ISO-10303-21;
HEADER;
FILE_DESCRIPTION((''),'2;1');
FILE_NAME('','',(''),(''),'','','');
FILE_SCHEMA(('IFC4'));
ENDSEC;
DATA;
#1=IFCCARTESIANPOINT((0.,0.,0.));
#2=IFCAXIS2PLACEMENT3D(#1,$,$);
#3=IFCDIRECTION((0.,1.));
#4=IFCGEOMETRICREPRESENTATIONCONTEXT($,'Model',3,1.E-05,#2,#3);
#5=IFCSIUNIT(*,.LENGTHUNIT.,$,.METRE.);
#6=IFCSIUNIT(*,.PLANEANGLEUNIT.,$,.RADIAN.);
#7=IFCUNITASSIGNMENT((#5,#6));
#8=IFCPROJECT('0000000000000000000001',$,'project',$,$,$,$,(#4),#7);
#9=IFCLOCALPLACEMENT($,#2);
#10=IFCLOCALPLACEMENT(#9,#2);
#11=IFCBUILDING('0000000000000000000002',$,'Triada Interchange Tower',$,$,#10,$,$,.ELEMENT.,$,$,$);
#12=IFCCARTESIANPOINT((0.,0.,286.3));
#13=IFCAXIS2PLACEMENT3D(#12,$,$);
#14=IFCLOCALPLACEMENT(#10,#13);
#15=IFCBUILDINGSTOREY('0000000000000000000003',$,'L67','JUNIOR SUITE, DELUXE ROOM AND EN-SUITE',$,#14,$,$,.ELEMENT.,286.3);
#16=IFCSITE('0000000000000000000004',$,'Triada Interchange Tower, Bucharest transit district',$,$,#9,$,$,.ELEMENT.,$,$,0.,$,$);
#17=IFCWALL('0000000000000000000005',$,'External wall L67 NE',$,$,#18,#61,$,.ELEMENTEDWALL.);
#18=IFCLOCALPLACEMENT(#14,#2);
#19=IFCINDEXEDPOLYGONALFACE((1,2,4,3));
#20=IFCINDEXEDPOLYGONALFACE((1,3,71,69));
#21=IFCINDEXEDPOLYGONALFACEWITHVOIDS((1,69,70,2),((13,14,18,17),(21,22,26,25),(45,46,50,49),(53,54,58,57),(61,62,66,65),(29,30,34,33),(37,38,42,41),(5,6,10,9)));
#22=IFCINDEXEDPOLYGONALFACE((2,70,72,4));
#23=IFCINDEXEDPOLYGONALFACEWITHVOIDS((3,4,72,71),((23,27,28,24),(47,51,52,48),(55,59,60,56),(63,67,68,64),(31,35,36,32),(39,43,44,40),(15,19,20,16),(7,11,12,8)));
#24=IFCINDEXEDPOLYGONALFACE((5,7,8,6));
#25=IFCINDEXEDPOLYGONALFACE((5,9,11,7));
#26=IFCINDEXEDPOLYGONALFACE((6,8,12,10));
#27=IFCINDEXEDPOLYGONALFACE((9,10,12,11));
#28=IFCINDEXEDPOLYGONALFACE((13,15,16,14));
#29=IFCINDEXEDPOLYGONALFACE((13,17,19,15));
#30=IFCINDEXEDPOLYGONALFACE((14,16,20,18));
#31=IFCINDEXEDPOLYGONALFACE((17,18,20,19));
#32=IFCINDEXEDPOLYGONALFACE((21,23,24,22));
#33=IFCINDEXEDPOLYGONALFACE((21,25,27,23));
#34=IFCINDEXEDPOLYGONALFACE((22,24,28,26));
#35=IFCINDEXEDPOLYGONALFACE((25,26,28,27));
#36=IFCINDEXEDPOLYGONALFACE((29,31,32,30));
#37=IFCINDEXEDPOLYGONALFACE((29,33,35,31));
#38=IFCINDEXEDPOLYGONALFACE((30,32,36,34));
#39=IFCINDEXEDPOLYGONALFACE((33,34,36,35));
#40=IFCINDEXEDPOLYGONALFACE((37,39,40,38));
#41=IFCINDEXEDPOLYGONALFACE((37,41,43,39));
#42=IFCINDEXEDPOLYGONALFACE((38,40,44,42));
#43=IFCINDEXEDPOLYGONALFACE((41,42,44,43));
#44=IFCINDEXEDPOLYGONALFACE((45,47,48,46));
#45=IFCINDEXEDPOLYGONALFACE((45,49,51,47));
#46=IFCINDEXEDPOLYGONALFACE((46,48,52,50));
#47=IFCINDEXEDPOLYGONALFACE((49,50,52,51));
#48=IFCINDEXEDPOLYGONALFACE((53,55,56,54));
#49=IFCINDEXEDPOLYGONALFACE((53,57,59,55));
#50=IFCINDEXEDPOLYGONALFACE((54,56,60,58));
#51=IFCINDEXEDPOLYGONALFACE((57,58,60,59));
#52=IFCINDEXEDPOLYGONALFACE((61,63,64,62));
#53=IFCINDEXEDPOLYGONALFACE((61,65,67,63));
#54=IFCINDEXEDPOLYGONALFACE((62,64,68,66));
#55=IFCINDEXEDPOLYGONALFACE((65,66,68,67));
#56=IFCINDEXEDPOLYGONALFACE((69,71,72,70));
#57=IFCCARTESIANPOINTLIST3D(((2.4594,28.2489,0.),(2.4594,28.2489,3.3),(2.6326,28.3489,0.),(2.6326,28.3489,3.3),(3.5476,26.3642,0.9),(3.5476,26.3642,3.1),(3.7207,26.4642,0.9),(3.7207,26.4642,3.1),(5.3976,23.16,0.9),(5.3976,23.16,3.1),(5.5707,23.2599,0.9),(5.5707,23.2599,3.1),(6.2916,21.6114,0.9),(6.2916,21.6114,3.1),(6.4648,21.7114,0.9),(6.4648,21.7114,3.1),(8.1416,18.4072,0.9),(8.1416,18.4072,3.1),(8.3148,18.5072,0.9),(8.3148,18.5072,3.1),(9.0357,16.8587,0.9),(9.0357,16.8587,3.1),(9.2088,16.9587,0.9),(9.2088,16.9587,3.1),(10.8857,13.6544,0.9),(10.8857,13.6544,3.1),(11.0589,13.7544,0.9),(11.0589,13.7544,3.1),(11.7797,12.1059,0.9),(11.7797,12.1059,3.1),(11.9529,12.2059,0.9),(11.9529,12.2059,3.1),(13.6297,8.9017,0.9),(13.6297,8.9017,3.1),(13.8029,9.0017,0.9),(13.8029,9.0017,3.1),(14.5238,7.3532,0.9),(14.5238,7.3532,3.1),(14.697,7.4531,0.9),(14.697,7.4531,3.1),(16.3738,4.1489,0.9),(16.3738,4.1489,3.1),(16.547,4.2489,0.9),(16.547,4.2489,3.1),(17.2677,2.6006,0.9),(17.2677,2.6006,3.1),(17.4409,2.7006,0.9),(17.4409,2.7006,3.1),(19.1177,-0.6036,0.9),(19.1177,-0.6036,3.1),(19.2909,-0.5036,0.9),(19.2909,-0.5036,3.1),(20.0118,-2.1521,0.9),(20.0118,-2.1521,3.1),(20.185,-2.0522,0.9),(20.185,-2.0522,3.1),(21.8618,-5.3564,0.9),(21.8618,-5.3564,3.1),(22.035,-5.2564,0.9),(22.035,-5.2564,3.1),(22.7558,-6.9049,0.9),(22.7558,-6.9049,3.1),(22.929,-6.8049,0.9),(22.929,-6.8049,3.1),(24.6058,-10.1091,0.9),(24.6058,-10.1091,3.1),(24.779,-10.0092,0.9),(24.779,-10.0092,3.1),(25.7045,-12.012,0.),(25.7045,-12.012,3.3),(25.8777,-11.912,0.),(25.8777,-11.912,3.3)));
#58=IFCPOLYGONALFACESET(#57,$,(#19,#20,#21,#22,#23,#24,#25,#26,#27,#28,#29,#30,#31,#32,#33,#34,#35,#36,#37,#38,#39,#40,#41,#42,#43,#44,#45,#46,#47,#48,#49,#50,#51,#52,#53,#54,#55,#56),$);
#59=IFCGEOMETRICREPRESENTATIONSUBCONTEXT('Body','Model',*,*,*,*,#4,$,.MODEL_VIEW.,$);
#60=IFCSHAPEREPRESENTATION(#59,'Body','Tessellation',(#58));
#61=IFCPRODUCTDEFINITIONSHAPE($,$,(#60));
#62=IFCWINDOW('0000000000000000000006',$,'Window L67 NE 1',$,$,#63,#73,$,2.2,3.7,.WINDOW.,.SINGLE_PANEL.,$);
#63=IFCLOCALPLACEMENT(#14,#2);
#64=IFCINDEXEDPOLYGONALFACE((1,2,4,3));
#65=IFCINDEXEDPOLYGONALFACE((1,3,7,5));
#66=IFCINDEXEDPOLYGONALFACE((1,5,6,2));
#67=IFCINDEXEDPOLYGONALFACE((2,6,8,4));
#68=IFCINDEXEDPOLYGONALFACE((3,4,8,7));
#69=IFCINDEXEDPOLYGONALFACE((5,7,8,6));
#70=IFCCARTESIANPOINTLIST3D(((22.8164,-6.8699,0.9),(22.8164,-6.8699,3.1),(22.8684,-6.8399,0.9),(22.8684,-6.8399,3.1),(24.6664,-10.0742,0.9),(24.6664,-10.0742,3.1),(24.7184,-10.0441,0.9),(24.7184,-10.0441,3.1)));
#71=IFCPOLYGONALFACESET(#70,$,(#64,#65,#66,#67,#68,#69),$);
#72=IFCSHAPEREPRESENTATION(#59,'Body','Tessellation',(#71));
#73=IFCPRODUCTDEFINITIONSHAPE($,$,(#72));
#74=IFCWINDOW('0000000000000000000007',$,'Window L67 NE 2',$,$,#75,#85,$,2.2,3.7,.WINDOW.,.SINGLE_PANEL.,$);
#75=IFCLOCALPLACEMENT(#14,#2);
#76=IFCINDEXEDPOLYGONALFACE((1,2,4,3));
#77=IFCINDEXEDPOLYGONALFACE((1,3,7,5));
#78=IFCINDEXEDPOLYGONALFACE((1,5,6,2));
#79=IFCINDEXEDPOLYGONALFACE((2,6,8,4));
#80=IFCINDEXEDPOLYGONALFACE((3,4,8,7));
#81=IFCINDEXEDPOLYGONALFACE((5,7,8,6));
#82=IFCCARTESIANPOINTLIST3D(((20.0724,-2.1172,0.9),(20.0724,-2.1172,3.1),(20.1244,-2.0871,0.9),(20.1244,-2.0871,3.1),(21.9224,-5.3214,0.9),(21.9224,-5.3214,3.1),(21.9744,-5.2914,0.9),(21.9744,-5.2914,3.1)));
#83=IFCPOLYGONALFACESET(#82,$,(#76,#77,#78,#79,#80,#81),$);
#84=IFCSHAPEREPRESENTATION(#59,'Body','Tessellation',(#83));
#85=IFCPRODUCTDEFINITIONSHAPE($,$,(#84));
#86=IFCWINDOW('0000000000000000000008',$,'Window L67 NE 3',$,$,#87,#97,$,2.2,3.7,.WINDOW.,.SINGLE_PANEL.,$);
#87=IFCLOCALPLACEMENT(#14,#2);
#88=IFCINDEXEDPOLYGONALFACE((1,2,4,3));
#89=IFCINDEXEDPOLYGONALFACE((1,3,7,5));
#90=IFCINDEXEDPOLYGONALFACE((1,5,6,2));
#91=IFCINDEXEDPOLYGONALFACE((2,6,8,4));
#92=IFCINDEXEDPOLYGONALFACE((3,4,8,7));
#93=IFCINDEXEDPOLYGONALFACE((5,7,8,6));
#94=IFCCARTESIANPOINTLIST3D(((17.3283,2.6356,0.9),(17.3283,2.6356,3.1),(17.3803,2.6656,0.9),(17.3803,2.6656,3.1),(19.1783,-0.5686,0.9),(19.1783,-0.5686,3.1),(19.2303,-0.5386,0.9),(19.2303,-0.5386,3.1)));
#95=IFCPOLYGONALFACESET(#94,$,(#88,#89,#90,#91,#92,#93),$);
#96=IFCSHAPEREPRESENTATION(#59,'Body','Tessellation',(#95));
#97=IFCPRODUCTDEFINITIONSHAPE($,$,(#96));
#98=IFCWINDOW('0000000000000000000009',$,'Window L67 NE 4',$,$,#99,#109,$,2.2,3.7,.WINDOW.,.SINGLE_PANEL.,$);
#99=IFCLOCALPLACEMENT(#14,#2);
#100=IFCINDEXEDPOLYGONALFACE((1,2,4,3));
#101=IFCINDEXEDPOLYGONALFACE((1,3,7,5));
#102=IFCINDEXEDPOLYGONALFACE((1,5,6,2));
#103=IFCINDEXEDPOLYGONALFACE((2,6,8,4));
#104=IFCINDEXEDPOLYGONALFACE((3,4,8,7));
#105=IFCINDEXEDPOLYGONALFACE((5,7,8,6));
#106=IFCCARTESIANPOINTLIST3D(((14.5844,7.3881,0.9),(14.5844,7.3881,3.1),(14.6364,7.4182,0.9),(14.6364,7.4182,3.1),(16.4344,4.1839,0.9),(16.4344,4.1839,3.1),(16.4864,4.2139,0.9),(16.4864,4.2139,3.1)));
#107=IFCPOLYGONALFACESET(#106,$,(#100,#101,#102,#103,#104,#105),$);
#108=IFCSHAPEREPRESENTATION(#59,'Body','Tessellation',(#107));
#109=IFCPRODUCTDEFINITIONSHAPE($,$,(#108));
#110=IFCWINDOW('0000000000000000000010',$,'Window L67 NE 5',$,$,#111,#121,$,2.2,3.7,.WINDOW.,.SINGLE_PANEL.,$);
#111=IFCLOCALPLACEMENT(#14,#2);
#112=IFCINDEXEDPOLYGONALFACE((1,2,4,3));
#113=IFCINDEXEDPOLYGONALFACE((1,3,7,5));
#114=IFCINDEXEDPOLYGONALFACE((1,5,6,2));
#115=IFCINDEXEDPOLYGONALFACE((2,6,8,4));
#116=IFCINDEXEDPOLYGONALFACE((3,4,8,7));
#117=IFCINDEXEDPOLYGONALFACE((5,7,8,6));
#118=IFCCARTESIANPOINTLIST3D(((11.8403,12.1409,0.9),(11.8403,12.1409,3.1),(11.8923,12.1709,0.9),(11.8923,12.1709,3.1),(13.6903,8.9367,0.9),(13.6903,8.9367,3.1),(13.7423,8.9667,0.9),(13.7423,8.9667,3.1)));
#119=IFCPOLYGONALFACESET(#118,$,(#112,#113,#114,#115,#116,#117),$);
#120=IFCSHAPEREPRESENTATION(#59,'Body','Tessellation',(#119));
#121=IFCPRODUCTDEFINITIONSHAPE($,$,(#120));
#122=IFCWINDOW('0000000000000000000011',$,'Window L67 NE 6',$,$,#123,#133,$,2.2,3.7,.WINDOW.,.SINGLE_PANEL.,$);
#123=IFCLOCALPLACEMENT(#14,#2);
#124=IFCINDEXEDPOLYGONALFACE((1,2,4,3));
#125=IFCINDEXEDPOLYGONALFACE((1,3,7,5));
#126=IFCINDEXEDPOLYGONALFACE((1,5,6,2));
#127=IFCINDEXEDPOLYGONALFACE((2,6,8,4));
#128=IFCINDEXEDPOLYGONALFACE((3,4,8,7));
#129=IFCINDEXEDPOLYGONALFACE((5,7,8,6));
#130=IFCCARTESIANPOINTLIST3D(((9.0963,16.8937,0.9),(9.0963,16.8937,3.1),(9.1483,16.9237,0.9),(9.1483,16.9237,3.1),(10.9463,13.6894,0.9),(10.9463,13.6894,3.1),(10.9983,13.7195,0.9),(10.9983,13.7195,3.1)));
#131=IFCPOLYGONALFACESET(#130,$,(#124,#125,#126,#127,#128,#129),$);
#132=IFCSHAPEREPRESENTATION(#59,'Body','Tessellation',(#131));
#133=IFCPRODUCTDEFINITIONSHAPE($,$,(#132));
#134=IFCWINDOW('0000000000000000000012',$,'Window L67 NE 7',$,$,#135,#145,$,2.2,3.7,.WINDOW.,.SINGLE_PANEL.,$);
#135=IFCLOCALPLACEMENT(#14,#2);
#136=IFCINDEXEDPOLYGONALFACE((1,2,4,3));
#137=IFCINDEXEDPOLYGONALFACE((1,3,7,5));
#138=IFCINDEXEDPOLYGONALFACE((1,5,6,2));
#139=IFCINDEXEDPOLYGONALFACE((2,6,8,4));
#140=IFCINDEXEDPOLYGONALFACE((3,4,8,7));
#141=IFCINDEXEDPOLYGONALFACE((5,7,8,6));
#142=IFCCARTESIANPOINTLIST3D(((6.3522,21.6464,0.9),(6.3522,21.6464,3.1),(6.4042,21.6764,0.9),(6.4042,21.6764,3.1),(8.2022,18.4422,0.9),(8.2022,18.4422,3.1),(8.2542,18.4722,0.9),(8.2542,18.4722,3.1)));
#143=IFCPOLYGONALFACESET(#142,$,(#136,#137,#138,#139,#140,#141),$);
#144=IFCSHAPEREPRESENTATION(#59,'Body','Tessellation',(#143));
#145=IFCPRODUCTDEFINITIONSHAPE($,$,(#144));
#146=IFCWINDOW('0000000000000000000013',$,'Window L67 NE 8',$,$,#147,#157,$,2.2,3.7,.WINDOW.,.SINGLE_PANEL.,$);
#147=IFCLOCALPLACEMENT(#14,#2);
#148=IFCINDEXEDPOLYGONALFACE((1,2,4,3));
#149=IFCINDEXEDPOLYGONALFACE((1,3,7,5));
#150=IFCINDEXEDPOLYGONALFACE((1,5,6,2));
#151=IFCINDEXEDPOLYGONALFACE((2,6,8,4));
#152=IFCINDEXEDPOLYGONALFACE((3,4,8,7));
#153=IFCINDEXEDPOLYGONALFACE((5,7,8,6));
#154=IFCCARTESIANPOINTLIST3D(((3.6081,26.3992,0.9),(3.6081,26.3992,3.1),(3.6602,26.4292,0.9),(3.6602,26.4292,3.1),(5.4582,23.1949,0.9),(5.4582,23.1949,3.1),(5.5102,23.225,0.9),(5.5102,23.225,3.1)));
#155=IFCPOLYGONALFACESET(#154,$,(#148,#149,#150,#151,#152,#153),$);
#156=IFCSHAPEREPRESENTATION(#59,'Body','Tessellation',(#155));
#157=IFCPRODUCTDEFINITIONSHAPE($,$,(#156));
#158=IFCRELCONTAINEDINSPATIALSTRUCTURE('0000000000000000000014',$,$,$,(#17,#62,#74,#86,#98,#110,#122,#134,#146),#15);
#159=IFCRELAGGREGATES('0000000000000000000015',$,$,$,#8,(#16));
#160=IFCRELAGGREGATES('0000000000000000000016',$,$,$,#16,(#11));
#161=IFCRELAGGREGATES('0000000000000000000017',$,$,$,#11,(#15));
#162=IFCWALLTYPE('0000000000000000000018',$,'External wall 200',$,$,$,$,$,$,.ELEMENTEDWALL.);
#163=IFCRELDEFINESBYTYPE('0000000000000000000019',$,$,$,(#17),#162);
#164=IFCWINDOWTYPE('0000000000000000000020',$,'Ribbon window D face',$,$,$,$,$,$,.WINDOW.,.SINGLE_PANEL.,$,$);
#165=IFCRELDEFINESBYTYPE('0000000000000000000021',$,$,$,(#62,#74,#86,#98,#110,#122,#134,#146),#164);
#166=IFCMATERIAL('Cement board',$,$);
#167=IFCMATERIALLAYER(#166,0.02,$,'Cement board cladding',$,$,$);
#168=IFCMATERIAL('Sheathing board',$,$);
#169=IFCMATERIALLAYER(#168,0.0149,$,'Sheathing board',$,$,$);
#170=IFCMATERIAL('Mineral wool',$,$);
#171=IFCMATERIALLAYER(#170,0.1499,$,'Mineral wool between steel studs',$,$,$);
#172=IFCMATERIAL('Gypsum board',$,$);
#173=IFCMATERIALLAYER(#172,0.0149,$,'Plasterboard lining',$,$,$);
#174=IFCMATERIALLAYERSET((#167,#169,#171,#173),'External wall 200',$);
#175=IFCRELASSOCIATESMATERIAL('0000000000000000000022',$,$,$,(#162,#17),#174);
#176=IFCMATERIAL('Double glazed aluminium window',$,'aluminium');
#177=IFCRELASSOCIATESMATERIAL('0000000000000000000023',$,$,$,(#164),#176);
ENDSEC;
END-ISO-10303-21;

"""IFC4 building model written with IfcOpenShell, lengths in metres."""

from ifc_helpers import new_model, si_unit, direction, frame, frame_2d, origin, place, context, subcontext, project, spatial, rectangle, extrude, material, layer, layer_set, layer_usage, type_object, element, fill, save


model = new_model("IFC4")

# Units and contexts
model_context = context("Model", 3, precision=1e-05, world=origin(), true_north=direction((0.0, 1.0)))
body_context = subcontext(model_context, "Body", "Model", "MODEL_VIEW")
ifc_project = project(units=[si_unit("LENGTHUNIT", "METRE"), si_unit("PLANEANGLEUNIT", "RADIAN")], contexts=[model_context])

# Site, building, storey
site_placement = place(None, origin())
site = spatial("IfcSite", under=ifc_project, at=site_placement, Name="Triada Interchange Tower, Bucharest transit district", CompositionType="ELEMENT", RefElevation=0.0)
building_placement = place(site_placement, origin())
building = spatial("IfcBuilding", under=site, at=building_placement, Name="Triada Interchange Tower", CompositionType="ELEMENT")
storey_placement = place(building_placement, frame((0.0, 0.0, 286.3)))
storey = spatial("IfcBuildingStorey", under=building, at=storey_placement, Name="L67", Description="JUNIOR SUITE, DELUXE ROOM AND EN-SUITE", CompositionType="ELEMENT", Elevation=286.3)

# Shared definitions
ifc_material_1 = material(Name="Cement board")
ifc_layer_1 = layer(ifc_material_1, 0.02, Name="Cement board cladding")
ifc_material_2 = material(Name="Sheathing board")
ifc_layer_2 = layer(ifc_material_2, 0.0149, Name="Sheathing board")
ifc_material_3 = material(Name="Mineral wool")
ifc_layer_3 = layer(ifc_material_3, 0.1499, Name="Mineral wool between steel studs")
ifc_material_4 = material(Name="Gypsum board")
ifc_layer_4 = layer(ifc_material_4, 0.0149, Name="Plasterboard lining")
ifc_layer_set_1 = layer_set([ifc_layer_1, ifc_layer_2, ifc_layer_3, ifc_layer_4], Name="External wall 200")
ifc_layer_usage = layer_usage(ifc_layer_set_1, "AXIS2", "POSITIVE", -0.1001)
wall_type_1 = type_object("IfcWallType", Name="External wall 200", PredefinedType="ELEMENTEDWALL", material=ifc_layer_set_1)
ifc_material_5 = material(Name="Double glazed aluminium window", Category="aluminium")

# Wall, openings, windows
wall_1_placement = place(storey_placement, frame((25.791, -11.9619, 0.0), z_axis=(0.0, 0.0, 1.0), x_axis=(-0.500007, 0.866021, 0.0)))
wall_1 = element("IfcWall", 1, at=wall_1_placement, inside=storey, type_object=wall_type_1, material=ifc_layer_usage, Name="External wall L67 NE", PredefinedType="ELEMENTEDWALL", context=body_context, shape_type="SweptSolid", body=[
    extrude(rectangle(XDim=46.4895, YDim=0.2, at=frame_2d((23.2446, 0.0))), origin(), (0.0, 0.0, 1.0), 3.3),
])
opening_1_placement = place(wall_1_placement, frame((2.197, 0.0, 0.8999)))
opening_1 = element("IfcOpeningElement", 2, at=opening_1_placement, cuts=wall_1, PredefinedType="OPENING", context=body_context, shape_type="SweptSolid", body=[
    extrude(rectangle(XDim=3.7, YDim=2.2, at=frame_2d((1.8501, 1.1001))), frame((0.0, 0.1099, 0.0), z_axis=(0.0, -1.0, 0.0), x_axis=(1.0, 0.0, 0.0)), (0.0, 0.0, 1.0), 0.22),
])
opening_2_placement = place(wall_1_placement, frame((7.6851, 0.0, 0.8999)))
opening_2 = element("IfcOpeningElement", 3, at=opening_2_placement, cuts=wall_1, PredefinedType="OPENING", context=body_context, shape_type="SweptSolid", body=[
    extrude(rectangle(XDim=3.7, YDim=2.2, at=frame_2d((1.8501, 1.1001))), frame((0.0, 0.1099, 0.0), z_axis=(0.0, -1.0, 0.0), x_axis=(1.0, 0.0, 0.0)), (0.0, 0.0, 1.0), 0.22),
])
opening_3_placement = place(wall_1_placement, frame((13.1731, 0.0, 0.8999)))
opening_3 = element("IfcOpeningElement", 4, at=opening_3_placement, cuts=wall_1, PredefinedType="OPENING", context=body_context, shape_type="SweptSolid", body=[
    extrude(rectangle(XDim=3.7, YDim=2.2, at=frame_2d((1.8501, 1.1001))), frame((0.0, 0.1099, 0.0), z_axis=(0.0, -1.0, 0.0), x_axis=(1.0, 0.0, 0.0)), (0.0, 0.0, 1.0), 0.22),
])
opening_4_placement = place(wall_1_placement, frame((18.6609, 0.0, 0.8999)))
opening_4 = element("IfcOpeningElement", 5, at=opening_4_placement, cuts=wall_1, PredefinedType="OPENING", context=body_context, shape_type="SweptSolid", body=[
    extrude(rectangle(XDim=3.7, YDim=2.2, at=frame_2d((1.8501, 1.1001))), frame((0.0, 0.1099, 0.0), z_axis=(0.0, -1.0, 0.0), x_axis=(1.0, 0.0, 0.0)), (0.0, 0.0, 1.0), 0.22),
])
opening_5_placement = place(wall_1_placement, frame((24.1489, 0.0, 0.8999)))
opening_5 = element("IfcOpeningElement", 6, at=opening_5_placement, cuts=wall_1, PredefinedType="OPENING", context=body_context, shape_type="SweptSolid", body=[
    extrude(rectangle(XDim=3.7, YDim=2.2, at=frame_2d((1.8501, 1.1001))), frame((0.0, 0.1099, 0.0), z_axis=(0.0, -1.0, 0.0), x_axis=(1.0, 0.0, 0.0)), (0.0, 0.0, 1.0), 0.22),
])
opening_6_placement = place(wall_1_placement, frame((29.637, 0.0, 0.8999)))
opening_6 = element("IfcOpeningElement", 7, at=opening_6_placement, cuts=wall_1, PredefinedType="OPENING", context=body_context, shape_type="SweptSolid", body=[
    extrude(rectangle(XDim=3.7, YDim=2.2, at=frame_2d((1.8501, 1.1001))), frame((0.0, 0.1099, 0.0), z_axis=(0.0, -1.0, 0.0), x_axis=(1.0, 0.0, 0.0)), (0.0, 0.0, 1.0), 0.22),
])
opening_7_placement = place(wall_1_placement, frame((35.125, 0.0, 0.8999)))
opening_7 = element("IfcOpeningElement", 8, at=opening_7_placement, cuts=wall_1, PredefinedType="OPENING", context=body_context, shape_type="SweptSolid", body=[
    extrude(rectangle(XDim=3.7, YDim=2.2, at=frame_2d((1.8501, 1.1001))), frame((0.0, 0.1099, 0.0), z_axis=(0.0, -1.0, 0.0), x_axis=(1.0, 0.0, 0.0)), (0.0, 0.0, 1.0), 0.22),
])
opening_8_placement = place(wall_1_placement, frame((40.613, 0.0, 0.8999)))
opening_8 = element("IfcOpeningElement", 9, at=opening_8_placement, cuts=wall_1, PredefinedType="OPENING", context=body_context, shape_type="SweptSolid", body=[
    extrude(rectangle(XDim=3.7, YDim=2.2, at=frame_2d((1.8501, 1.1001))), frame((0.0, 0.1099, 0.0), z_axis=(0.0, -1.0, 0.0), x_axis=(1.0, 0.0, 0.0)), (0.0, 0.0, 1.0), 0.22),
])
window_type_1 = type_object("IfcWindowType", Name="Ribbon window D face", PartitioningType="SINGLE_PANEL", PredefinedType="WINDOW", material=ifc_material_5)
window_1_placement = place(opening_1_placement, origin())
window_1 = element("IfcWindow", 10, at=window_1_placement, inside=storey, type_object=window_type_1, Name="Window L67 NE 1", OverallHeight=2.2, OverallWidth=3.7, PartitioningType="SINGLE_PANEL", PredefinedType="WINDOW", context=body_context, shape_type="SweptSolid", body=[
    extrude(rectangle(XDim=3.7, YDim=2.2, at=frame_2d((1.8501, 1.1001))), frame((0.0, 0.03, 0.0), z_axis=(0.0, -1.0, 0.0), x_axis=(1.0, 0.0, 0.0)), (0.0, 0.0, 1.0), 0.0601),
])
fill(opening_1, window_1)
window_2_placement = place(opening_2_placement, origin())
window_2 = element("IfcWindow", 11, at=window_2_placement, inside=storey, type_object=window_type_1, Name="Window L67 NE 2", OverallHeight=2.2, OverallWidth=3.7, PartitioningType="SINGLE_PANEL", PredefinedType="WINDOW", context=body_context, shape_type="SweptSolid", body=[
    extrude(rectangle(XDim=3.7, YDim=2.2, at=frame_2d((1.8501, 1.1001))), frame((0.0, 0.03, 0.0), z_axis=(0.0, -1.0, 0.0), x_axis=(1.0, 0.0, 0.0)), (0.0, 0.0, 1.0), 0.0601),
])
fill(opening_2, window_2)
window_3_placement = place(opening_3_placement, origin())
window_3 = element("IfcWindow", 12, at=window_3_placement, inside=storey, type_object=window_type_1, Name="Window L67 NE 3", OverallHeight=2.2, OverallWidth=3.7, PartitioningType="SINGLE_PANEL", PredefinedType="WINDOW", context=body_context, shape_type="SweptSolid", body=[
    extrude(rectangle(XDim=3.7, YDim=2.2, at=frame_2d((1.8501, 1.1001))), frame((0.0, 0.03, 0.0), z_axis=(0.0, -1.0, 0.0), x_axis=(1.0, 0.0, 0.0)), (0.0, 0.0, 1.0), 0.0601),
])
fill(opening_3, window_3)
window_4_placement = place(opening_4_placement, origin())
window_4 = element("IfcWindow", 13, at=window_4_placement, inside=storey, type_object=window_type_1, Name="Window L67 NE 4", OverallHeight=2.2, OverallWidth=3.7, PartitioningType="SINGLE_PANEL", PredefinedType="WINDOW", context=body_context, shape_type="SweptSolid", body=[
    extrude(rectangle(XDim=3.7, YDim=2.2, at=frame_2d((1.8501, 1.1001))), frame((0.0, 0.03, 0.0), z_axis=(0.0, -1.0, 0.0), x_axis=(1.0, 0.0, 0.0)), (0.0, 0.0, 1.0), 0.0601),
])
fill(opening_4, window_4)
window_5_placement = place(opening_5_placement, origin())
window_5 = element("IfcWindow", 14, at=window_5_placement, inside=storey, type_object=window_type_1, Name="Window L67 NE 5", OverallHeight=2.2, OverallWidth=3.7, PartitioningType="SINGLE_PANEL", PredefinedType="WINDOW", context=body_context, shape_type="SweptSolid", body=[
    extrude(rectangle(XDim=3.7, YDim=2.2, at=frame_2d((1.8501, 1.1001))), frame((0.0, 0.03, 0.0), z_axis=(0.0, -1.0, 0.0), x_axis=(1.0, 0.0, 0.0)), (0.0, 0.0, 1.0), 0.0601),
])
fill(opening_5, window_5)
window_6_placement = place(opening_6_placement, origin())
window_6 = element("IfcWindow", 15, at=window_6_placement, inside=storey, type_object=window_type_1, Name="Window L67 NE 6", OverallHeight=2.2, OverallWidth=3.7, PartitioningType="SINGLE_PANEL", PredefinedType="WINDOW", context=body_context, shape_type="SweptSolid", body=[
    extrude(rectangle(XDim=3.7, YDim=2.2, at=frame_2d((1.8501, 1.1001))), frame((0.0, 0.03, 0.0), z_axis=(0.0, -1.0, 0.0), x_axis=(1.0, 0.0, 0.0)), (0.0, 0.0, 1.0), 0.0601),
])
fill(opening_6, window_6)
window_7_placement = place(opening_7_placement, origin())
window_7 = element("IfcWindow", 16, at=window_7_placement, inside=storey, type_object=window_type_1, Name="Window L67 NE 7", OverallHeight=2.2, OverallWidth=3.7, PartitioningType="SINGLE_PANEL", PredefinedType="WINDOW", context=body_context, shape_type="SweptSolid", body=[
    extrude(rectangle(XDim=3.7, YDim=2.2, at=frame_2d((1.8501, 1.1001))), frame((0.0, 0.03, 0.0), z_axis=(0.0, -1.0, 0.0), x_axis=(1.0, 0.0, 0.0)), (0.0, 0.0, 1.0), 0.0601),
])
fill(opening_7, window_7)
window_8_placement = place(opening_8_placement, origin())
window_8 = element("IfcWindow", 17, at=window_8_placement, inside=storey, type_object=window_type_1, Name="Window L67 NE 8", OverallHeight=2.2, OverallWidth=3.7, PartitioningType="SINGLE_PANEL", PredefinedType="WINDOW", context=body_context, shape_type="SweptSolid", body=[
    extrude(rectangle(XDim=3.7, YDim=2.2, at=frame_2d((1.8501, 1.1001))), frame((0.0, 0.03, 0.0), z_axis=(0.0, -1.0, 0.0), x_axis=(1.0, 0.0, 0.0)), (0.0, 0.0, 1.0), 0.0601),
])
fill(opening_8, window_8)

save(model, "model.ifc")
